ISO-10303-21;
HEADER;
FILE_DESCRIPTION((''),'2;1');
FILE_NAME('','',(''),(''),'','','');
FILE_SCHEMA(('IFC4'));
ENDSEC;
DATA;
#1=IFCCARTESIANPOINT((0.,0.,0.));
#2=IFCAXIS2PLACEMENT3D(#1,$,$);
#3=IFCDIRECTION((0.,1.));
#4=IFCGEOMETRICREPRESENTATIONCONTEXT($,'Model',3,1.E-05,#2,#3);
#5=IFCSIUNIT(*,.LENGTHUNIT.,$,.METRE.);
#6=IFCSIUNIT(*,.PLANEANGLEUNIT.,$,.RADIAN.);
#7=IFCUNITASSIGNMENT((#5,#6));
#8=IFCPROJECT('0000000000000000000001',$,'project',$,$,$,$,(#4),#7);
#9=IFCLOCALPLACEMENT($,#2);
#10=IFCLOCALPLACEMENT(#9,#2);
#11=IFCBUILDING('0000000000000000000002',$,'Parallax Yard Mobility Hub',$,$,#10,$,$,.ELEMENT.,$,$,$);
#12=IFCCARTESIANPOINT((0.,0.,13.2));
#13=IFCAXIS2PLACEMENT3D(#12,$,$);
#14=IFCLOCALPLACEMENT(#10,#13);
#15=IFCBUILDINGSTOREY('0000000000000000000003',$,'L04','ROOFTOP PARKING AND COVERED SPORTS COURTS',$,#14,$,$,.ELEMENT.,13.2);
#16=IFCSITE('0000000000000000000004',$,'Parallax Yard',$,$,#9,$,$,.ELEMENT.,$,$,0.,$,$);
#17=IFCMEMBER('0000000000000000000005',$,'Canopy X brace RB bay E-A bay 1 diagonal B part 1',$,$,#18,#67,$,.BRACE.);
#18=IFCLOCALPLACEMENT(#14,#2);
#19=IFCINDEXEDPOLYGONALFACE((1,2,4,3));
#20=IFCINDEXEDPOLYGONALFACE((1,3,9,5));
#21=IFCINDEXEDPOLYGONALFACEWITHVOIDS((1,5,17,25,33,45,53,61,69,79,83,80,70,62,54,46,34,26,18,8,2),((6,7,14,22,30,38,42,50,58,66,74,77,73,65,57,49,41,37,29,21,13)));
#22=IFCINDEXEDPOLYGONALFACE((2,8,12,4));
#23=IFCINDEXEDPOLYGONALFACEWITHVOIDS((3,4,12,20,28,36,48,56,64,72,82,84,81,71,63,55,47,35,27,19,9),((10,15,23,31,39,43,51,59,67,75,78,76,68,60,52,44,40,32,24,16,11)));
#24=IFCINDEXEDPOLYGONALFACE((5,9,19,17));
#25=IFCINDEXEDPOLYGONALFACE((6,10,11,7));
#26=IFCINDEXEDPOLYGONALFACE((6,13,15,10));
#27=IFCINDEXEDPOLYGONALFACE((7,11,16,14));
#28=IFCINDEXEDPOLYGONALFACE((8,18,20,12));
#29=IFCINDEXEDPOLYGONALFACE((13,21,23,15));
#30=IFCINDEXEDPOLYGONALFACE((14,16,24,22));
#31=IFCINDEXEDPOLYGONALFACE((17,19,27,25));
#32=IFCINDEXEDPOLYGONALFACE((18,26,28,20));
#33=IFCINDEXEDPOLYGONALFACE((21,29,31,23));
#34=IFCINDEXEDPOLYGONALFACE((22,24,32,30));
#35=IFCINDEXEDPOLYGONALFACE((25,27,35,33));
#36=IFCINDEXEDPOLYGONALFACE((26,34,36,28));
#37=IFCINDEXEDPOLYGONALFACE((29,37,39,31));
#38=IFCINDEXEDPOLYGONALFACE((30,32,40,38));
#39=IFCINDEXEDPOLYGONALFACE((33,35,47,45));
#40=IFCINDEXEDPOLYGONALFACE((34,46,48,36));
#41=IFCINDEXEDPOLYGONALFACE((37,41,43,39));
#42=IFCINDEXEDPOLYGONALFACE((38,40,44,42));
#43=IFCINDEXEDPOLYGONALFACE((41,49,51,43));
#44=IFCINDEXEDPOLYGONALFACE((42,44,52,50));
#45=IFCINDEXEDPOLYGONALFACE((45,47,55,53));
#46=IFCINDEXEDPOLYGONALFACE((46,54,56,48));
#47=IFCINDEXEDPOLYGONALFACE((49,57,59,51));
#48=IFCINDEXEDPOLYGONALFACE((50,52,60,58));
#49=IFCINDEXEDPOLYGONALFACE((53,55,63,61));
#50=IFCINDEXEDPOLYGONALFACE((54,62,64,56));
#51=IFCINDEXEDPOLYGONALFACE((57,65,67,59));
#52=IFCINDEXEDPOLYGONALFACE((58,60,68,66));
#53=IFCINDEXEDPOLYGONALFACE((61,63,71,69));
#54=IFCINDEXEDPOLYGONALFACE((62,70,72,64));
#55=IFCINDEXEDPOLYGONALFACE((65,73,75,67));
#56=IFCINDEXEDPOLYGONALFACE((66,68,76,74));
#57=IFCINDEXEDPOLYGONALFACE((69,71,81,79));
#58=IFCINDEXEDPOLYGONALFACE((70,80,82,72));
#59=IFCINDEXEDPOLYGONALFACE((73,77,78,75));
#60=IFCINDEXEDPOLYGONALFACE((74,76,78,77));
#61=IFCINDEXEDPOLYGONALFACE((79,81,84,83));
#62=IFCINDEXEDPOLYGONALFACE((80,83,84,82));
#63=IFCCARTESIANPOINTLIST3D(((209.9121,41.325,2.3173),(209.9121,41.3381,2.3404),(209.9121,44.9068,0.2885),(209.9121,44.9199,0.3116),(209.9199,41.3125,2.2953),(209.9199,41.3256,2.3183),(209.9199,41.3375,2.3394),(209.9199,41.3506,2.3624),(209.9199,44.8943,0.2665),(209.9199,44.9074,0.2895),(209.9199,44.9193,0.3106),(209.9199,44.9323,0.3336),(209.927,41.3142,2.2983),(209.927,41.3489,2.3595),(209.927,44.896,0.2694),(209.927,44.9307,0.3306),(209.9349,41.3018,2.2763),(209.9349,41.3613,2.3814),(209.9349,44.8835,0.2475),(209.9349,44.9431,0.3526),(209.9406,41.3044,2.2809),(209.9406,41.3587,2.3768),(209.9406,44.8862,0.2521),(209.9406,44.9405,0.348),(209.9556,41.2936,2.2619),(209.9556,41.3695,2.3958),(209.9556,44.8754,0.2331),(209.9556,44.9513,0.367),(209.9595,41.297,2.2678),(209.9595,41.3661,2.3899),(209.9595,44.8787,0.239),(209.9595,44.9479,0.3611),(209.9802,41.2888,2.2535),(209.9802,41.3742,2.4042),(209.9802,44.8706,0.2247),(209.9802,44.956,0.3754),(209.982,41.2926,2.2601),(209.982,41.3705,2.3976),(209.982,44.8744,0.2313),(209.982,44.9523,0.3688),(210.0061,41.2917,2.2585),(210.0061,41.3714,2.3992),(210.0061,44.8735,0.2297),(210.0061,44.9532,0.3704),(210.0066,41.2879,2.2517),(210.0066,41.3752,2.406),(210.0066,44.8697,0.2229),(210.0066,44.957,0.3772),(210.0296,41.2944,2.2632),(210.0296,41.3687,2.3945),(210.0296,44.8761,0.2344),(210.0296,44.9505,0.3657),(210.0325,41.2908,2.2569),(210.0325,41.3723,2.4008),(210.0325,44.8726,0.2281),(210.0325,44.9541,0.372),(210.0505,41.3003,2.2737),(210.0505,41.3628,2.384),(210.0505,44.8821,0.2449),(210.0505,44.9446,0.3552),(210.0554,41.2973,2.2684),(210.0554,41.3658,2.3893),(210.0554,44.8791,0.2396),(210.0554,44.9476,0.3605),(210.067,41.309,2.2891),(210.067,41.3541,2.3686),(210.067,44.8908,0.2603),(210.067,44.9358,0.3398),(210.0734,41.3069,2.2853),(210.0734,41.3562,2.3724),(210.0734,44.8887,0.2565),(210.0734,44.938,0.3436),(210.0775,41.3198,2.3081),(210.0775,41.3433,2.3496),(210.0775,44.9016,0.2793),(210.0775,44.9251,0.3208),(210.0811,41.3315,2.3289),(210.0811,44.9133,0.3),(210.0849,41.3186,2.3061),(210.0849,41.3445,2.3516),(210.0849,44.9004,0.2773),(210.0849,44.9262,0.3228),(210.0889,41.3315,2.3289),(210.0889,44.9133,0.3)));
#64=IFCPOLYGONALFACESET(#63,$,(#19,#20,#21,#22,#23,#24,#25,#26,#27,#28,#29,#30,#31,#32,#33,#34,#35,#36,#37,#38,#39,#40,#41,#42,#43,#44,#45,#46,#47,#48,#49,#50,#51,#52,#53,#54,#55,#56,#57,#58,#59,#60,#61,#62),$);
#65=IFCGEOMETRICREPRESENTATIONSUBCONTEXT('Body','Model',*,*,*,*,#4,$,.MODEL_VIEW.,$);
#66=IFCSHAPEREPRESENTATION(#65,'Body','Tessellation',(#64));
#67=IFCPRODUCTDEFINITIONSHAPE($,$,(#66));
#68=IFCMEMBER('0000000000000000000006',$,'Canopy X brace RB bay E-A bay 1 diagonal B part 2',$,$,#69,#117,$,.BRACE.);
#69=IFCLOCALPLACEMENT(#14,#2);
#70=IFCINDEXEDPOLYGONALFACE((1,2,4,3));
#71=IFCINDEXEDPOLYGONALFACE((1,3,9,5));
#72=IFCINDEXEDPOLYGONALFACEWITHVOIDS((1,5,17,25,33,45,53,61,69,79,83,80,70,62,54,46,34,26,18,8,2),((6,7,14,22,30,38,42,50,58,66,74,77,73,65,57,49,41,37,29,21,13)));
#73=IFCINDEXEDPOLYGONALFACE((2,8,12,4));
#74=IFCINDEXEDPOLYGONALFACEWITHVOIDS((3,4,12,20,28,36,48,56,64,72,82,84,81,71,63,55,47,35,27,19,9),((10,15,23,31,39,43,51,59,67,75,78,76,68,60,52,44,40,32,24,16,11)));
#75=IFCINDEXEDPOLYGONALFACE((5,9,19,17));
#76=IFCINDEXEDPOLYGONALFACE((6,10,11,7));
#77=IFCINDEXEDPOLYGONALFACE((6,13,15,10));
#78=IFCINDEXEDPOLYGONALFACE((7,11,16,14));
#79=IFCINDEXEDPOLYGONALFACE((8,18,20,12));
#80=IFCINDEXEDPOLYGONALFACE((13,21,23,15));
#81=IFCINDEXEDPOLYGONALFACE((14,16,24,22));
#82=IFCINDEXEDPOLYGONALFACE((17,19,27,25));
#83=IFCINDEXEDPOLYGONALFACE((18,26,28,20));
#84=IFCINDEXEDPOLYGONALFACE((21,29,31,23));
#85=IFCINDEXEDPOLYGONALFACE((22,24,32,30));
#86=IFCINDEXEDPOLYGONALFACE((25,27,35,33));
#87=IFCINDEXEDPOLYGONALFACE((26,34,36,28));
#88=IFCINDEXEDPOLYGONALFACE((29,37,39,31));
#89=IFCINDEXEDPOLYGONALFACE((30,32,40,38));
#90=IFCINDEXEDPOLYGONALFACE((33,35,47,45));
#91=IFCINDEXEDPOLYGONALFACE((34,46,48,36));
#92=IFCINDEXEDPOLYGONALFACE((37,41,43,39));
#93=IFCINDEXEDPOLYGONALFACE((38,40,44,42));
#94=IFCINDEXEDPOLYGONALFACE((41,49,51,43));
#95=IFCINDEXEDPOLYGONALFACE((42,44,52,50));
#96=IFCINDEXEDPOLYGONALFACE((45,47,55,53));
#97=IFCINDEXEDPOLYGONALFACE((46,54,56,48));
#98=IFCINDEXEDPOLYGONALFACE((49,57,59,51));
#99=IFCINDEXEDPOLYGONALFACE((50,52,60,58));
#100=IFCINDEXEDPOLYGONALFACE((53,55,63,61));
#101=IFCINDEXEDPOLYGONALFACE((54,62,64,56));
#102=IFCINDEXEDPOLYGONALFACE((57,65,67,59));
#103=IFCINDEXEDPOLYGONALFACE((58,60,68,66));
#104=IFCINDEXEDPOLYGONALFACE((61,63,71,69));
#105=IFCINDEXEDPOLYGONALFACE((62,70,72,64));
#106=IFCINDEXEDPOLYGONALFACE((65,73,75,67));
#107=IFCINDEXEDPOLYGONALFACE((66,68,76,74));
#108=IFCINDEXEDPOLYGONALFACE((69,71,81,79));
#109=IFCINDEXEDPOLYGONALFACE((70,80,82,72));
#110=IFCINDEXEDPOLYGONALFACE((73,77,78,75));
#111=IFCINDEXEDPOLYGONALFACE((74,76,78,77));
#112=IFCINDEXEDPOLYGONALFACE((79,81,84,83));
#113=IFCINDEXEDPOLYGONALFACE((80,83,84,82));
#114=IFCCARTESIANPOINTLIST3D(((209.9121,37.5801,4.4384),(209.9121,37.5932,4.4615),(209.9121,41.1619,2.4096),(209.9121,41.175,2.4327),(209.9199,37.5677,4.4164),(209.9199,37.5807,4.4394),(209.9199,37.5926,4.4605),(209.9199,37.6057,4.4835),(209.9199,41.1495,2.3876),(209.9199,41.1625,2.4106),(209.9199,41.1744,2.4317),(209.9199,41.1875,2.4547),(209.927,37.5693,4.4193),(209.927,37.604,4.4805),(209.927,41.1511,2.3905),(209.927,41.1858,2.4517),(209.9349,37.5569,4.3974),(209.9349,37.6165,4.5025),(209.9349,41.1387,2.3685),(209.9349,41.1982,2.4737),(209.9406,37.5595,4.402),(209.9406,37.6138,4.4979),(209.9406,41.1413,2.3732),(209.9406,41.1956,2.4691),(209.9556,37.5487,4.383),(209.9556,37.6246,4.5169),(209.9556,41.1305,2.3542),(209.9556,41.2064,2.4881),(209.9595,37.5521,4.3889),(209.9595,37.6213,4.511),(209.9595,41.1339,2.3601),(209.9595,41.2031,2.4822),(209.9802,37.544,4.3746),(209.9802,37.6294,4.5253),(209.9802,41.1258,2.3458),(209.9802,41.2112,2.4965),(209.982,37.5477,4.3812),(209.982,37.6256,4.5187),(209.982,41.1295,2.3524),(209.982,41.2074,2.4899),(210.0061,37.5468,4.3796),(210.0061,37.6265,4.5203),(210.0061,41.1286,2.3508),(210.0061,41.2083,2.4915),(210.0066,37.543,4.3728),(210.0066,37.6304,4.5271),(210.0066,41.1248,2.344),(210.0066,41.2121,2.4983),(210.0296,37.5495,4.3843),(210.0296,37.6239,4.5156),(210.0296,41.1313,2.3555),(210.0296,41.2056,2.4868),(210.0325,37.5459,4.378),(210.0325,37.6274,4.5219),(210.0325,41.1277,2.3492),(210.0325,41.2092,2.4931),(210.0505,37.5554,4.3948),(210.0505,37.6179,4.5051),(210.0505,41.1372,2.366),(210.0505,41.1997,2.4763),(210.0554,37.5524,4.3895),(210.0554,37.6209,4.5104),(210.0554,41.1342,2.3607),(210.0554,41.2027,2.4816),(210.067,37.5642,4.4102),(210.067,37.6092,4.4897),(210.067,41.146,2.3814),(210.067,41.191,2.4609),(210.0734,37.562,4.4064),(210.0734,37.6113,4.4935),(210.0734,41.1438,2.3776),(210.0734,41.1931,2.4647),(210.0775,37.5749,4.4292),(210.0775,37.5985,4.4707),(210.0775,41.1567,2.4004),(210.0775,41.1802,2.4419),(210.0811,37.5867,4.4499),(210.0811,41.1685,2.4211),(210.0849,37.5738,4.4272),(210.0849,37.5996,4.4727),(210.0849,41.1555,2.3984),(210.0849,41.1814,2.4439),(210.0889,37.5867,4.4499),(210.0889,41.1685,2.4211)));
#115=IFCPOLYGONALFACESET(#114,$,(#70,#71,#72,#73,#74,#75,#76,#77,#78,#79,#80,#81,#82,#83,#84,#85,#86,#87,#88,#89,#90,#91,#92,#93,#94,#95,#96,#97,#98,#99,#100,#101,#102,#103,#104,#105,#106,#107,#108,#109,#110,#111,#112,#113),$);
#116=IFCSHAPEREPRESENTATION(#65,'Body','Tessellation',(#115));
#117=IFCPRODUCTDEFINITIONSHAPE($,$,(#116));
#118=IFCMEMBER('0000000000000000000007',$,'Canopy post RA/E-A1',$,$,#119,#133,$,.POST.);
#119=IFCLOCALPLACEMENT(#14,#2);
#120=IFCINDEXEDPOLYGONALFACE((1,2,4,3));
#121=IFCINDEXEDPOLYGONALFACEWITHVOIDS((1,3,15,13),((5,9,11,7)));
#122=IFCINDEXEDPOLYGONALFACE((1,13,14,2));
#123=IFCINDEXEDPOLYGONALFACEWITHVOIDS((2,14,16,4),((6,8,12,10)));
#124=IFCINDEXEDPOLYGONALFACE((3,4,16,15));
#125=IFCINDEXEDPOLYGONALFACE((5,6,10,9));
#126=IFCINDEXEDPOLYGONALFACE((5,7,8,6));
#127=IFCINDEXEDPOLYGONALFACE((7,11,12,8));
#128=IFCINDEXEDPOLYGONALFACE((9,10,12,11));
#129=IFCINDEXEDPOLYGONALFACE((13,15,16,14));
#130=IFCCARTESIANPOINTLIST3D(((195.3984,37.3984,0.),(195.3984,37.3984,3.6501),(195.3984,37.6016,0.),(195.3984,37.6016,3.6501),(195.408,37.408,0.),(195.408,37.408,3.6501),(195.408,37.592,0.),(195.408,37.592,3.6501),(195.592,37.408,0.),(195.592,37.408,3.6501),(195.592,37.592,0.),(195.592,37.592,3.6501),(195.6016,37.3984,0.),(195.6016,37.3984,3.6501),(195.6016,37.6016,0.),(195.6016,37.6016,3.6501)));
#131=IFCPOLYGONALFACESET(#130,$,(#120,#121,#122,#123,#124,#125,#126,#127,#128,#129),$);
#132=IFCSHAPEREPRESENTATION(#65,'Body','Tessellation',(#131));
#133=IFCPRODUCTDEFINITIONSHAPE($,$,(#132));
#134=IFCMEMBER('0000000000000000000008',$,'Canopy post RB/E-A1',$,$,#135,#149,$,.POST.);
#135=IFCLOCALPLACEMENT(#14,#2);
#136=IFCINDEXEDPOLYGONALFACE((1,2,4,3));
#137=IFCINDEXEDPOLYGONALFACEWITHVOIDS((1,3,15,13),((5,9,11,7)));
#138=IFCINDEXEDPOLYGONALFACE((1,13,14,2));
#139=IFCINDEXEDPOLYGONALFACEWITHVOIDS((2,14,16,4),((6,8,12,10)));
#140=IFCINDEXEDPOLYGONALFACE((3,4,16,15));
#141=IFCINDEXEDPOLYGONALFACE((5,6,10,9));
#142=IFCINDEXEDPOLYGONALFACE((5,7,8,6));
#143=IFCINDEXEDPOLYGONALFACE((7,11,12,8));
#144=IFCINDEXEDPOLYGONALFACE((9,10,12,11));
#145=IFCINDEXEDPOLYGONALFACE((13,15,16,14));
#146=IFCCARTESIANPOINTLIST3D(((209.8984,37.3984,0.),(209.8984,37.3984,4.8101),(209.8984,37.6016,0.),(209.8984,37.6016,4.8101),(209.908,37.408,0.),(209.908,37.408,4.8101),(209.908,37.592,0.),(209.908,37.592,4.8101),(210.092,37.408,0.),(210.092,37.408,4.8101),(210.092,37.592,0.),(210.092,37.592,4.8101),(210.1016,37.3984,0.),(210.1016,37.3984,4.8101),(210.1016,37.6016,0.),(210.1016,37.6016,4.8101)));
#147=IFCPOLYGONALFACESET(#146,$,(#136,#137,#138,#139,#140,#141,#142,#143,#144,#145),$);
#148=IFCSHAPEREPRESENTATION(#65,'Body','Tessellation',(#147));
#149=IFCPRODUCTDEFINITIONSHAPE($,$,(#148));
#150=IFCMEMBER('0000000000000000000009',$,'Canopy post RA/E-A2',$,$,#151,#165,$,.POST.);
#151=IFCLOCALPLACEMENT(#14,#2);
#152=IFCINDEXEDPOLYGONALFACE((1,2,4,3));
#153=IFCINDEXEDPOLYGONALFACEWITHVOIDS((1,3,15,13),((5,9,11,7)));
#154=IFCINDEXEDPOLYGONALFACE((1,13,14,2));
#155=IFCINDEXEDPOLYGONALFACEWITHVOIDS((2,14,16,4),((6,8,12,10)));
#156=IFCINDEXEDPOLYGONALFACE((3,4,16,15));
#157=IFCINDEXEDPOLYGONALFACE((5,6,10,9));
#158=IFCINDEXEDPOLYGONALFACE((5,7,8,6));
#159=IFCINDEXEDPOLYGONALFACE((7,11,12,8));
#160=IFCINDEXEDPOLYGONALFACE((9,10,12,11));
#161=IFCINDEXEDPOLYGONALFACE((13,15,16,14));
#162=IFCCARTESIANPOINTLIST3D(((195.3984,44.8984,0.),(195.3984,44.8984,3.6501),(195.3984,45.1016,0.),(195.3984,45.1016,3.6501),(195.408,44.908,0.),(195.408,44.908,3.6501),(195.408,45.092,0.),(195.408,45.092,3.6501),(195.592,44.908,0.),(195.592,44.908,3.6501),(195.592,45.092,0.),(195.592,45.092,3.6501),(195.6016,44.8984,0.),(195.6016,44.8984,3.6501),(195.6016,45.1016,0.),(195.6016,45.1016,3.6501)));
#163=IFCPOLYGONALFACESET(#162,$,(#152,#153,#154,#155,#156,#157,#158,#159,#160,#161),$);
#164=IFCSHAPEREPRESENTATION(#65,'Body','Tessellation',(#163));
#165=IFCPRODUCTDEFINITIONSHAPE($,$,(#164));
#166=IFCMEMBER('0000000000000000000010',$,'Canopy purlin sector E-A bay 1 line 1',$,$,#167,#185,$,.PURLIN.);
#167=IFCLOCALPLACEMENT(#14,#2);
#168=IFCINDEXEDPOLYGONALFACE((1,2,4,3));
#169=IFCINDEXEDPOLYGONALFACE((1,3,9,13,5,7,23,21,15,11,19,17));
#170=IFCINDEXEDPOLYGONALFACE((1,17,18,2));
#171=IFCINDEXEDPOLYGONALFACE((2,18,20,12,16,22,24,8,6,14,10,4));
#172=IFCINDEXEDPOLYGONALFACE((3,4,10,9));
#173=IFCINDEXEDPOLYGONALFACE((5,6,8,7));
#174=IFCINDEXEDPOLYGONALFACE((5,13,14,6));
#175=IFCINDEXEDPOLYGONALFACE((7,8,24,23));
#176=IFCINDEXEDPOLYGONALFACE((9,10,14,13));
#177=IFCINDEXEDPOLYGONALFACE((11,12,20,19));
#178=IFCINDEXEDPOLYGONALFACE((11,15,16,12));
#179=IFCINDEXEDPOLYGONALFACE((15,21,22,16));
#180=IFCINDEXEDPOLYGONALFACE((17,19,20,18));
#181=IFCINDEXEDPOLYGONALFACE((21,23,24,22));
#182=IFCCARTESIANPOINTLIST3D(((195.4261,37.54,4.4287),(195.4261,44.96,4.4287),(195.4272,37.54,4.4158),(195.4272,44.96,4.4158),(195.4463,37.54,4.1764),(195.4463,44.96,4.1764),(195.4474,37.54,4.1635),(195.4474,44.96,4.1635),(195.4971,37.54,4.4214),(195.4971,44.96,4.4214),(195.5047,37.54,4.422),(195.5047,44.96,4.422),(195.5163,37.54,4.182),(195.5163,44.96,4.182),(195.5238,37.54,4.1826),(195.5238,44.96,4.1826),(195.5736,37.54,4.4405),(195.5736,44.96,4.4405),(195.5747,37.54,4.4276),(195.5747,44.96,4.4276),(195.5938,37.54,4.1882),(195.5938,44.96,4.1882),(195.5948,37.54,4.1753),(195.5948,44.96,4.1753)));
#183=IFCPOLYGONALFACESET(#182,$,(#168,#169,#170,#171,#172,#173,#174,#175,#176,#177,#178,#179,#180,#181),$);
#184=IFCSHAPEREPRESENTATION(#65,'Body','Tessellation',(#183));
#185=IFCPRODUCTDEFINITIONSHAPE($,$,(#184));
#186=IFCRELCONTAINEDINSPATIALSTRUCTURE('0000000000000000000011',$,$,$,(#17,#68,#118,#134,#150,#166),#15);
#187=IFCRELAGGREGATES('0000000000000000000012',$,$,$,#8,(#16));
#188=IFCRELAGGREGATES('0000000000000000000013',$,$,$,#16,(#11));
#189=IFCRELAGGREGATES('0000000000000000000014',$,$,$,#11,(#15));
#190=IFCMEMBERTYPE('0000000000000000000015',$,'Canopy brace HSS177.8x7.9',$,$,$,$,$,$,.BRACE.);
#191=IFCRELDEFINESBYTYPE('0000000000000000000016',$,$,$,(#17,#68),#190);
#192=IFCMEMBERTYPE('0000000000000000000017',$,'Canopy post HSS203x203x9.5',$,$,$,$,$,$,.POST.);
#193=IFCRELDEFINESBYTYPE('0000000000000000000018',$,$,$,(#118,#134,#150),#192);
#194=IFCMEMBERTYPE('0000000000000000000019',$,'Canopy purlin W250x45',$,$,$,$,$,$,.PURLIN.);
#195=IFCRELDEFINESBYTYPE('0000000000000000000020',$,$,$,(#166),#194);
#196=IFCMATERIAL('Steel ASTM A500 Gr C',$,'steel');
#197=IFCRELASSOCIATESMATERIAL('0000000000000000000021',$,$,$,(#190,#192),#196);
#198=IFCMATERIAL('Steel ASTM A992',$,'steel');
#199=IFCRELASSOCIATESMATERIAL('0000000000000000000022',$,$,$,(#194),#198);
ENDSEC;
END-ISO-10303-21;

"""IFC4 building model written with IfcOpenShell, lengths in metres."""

from ifc_helpers import new_model, si_unit, direction, frame, origin, origin_2d, place, context, subcontext, project, spatial, hollow_rectangle, hollow_circle, i_section, extrude, material, material_profile, profile_set, type_object, element, save


model = new_model("IFC4")

# Units and contexts
model_context = context("Model", 3, precision=1e-05, world=origin(), true_north=direction((0.0, 1.0)))
body_context = subcontext(model_context, "Body", "Model", "MODEL_VIEW")
ifc_project = project(units=[si_unit("LENGTHUNIT", "METRE"), si_unit("PLANEANGLEUNIT", "RADIAN")], contexts=[model_context])

# Site, building, storey
site_placement = place(None, origin())
site = spatial("IfcSite", under=ifc_project, at=site_placement, Name="Parallax Yard", CompositionType="ELEMENT", RefElevation=0.0)
building_placement = place(site_placement, origin())
building = spatial("IfcBuilding", under=site, at=building_placement, Name="Parallax Yard Mobility Hub", CompositionType="ELEMENT")
storey_placement = place(building_placement, frame((0.0, 0.0, 13.2)))
storey = spatial("IfcBuildingStorey", under=building, at=storey_placement, Name="L04", Description="ROOFTOP PARKING AND COVERED SPORTS COURTS", CompositionType="ELEMENT", Elevation=13.2)

# Shared definitions
ifc_material_1 = material(Name="Steel ASTM A992", Category="steel")

# Members
ifc_material_2 = material(Name="Steel ASTM A500 Gr C", Category="steel")
ifc_material_profile_1 = material_profile(ifc_material_2, hollow_circle(Radius=0.0889, WallThickness=0.0078, at=origin_2d()), Name="HSS177.8x7.9")
ifc_profile_set_1 = profile_set([ifc_material_profile_1], Name="Steel ASTM A500 Gr C")
member_type_1 = type_object("IfcMemberType", Name="Canopy brace HSS177.8x7.9", PredefinedType="BRACE", material=ifc_profile_set_1)
for number, where, z_axis, x_axis, name in (
    (1, (210.0, 44.9133, 0.3), (0.0, -0.870113, 0.492852), (1.0, 0.0, 0.0), "Canopy X brace RB bay E-A bay 1 diagonal B part 1"),
    (2, (210.0, 41.1685, 2.4211), (0.0, -0.870113, 0.492852), (1.0, 0.0, 0.0), "Canopy X brace RB bay E-A bay 1 diagonal B part 2"),
):
    element("IfcMember", number, at=place(storey_placement, frame(where, z_axis=z_axis, x_axis=x_axis)), inside=storey, type_object=member_type_1, Name=name, PredefinedType="BRACE", context=body_context, shape_type="SweptSolid", body=[
        extrude(hollow_circle(Radius=0.0889, WallThickness=0.0078, at=origin_2d()), origin(), (0.0, 0.0, 1.0), 4.1165),
    ])
ifc_material_profile_2 = material_profile(ifc_material_2, hollow_rectangle(XDim=0.2031, YDim=0.2031, WallThickness=0.0095, at=origin_2d()), Name="HSS203x203x9.5")
ifc_profile_set_2 = profile_set([ifc_material_profile_2], Name="Steel ASTM A500 Gr C")
member_type_2 = type_object("IfcMemberType", Name="Canopy post HSS203x203x9.5", PredefinedType="POST", material=ifc_profile_set_2)
member_1_placement = place(storey_placement, frame((195.5, 37.5, 0.0), z_axis=(0.0, 0.0, 1.0), x_axis=(1.0, 0.0, 0.0)))
element("IfcMember", 3, at=member_1_placement, inside=storey, type_object=member_type_2, Name="Canopy post RA/E-A1", PredefinedType="POST", context=body_context, shape_type="SweptSolid", body=[
    extrude(hollow_rectangle(XDim=0.2031, YDim=0.2031, WallThickness=0.0095, at=origin_2d()), origin(), (0.0, 0.0, 1.0), 3.6501),
])
member_2_placement = place(storey_placement, frame((210.0, 37.5, 0.0), z_axis=(0.0, 0.0, 1.0), x_axis=(1.0, 0.0, 0.0)))
element("IfcMember", 4, at=member_2_placement, inside=storey, type_object=member_type_2, Name="Canopy post RB/E-A1", PredefinedType="POST", context=body_context, shape_type="SweptSolid", body=[
    extrude(hollow_rectangle(XDim=0.2031, YDim=0.2031, WallThickness=0.0095, at=origin_2d()), origin(), (0.0, 0.0, 1.0), 4.8101),
])
member_3_placement = place(storey_placement, frame((195.5, 45.0, 0.0), z_axis=(0.0, 0.0, 1.0), x_axis=(1.0, 0.0, 0.0)))
element("IfcMember", 5, at=member_3_placement, inside=storey, type_object=member_type_2, Name="Canopy post RA/E-A2", PredefinedType="POST", context=body_context, shape_type="SweptSolid", body=[
    extrude(hollow_rectangle(XDim=0.2031, YDim=0.2031, WallThickness=0.0095, at=origin_2d()), origin(), (0.0, 0.0, 1.0), 3.6501),
])
ifc_material_profile_3 = material_profile(ifc_material_1, i_section(OverallWidth=0.1479, OverallDepth=0.2661, WebThickness=0.0076, FlangeThickness=0.0129, at=origin_2d()), Name="W250x45")
ifc_profile_set_3 = profile_set([ifc_material_profile_3], Name="Steel ASTM A992")
member_type_3 = type_object("IfcMemberType", Name="Canopy purlin W250x45", PredefinedType="PURLIN", material=ifc_profile_set_3)
for number, where, z_axis, x_axis, name in (
    (6, (195.5105, 37.54, 4.302), (0.0, 1.0, 0.0), (-0.996815, 0.0, -0.079745), "Canopy purlin sector E-A bay 1 line 1"),
):
    element("IfcMember", number, at=place(storey_placement, frame(where, z_axis=z_axis, x_axis=x_axis)), inside=storey, type_object=member_type_3, Name=name, PredefinedType="PURLIN", context=body_context, shape_type="SweptSolid", body=[
        extrude(i_section(OverallWidth=0.1479, OverallDepth=0.2661, WebThickness=0.0076, FlangeThickness=0.0129, at=origin_2d()), origin(), (0.0, 0.0, 1.0), 7.4199),
    ])

save(model, "model.ifc")
